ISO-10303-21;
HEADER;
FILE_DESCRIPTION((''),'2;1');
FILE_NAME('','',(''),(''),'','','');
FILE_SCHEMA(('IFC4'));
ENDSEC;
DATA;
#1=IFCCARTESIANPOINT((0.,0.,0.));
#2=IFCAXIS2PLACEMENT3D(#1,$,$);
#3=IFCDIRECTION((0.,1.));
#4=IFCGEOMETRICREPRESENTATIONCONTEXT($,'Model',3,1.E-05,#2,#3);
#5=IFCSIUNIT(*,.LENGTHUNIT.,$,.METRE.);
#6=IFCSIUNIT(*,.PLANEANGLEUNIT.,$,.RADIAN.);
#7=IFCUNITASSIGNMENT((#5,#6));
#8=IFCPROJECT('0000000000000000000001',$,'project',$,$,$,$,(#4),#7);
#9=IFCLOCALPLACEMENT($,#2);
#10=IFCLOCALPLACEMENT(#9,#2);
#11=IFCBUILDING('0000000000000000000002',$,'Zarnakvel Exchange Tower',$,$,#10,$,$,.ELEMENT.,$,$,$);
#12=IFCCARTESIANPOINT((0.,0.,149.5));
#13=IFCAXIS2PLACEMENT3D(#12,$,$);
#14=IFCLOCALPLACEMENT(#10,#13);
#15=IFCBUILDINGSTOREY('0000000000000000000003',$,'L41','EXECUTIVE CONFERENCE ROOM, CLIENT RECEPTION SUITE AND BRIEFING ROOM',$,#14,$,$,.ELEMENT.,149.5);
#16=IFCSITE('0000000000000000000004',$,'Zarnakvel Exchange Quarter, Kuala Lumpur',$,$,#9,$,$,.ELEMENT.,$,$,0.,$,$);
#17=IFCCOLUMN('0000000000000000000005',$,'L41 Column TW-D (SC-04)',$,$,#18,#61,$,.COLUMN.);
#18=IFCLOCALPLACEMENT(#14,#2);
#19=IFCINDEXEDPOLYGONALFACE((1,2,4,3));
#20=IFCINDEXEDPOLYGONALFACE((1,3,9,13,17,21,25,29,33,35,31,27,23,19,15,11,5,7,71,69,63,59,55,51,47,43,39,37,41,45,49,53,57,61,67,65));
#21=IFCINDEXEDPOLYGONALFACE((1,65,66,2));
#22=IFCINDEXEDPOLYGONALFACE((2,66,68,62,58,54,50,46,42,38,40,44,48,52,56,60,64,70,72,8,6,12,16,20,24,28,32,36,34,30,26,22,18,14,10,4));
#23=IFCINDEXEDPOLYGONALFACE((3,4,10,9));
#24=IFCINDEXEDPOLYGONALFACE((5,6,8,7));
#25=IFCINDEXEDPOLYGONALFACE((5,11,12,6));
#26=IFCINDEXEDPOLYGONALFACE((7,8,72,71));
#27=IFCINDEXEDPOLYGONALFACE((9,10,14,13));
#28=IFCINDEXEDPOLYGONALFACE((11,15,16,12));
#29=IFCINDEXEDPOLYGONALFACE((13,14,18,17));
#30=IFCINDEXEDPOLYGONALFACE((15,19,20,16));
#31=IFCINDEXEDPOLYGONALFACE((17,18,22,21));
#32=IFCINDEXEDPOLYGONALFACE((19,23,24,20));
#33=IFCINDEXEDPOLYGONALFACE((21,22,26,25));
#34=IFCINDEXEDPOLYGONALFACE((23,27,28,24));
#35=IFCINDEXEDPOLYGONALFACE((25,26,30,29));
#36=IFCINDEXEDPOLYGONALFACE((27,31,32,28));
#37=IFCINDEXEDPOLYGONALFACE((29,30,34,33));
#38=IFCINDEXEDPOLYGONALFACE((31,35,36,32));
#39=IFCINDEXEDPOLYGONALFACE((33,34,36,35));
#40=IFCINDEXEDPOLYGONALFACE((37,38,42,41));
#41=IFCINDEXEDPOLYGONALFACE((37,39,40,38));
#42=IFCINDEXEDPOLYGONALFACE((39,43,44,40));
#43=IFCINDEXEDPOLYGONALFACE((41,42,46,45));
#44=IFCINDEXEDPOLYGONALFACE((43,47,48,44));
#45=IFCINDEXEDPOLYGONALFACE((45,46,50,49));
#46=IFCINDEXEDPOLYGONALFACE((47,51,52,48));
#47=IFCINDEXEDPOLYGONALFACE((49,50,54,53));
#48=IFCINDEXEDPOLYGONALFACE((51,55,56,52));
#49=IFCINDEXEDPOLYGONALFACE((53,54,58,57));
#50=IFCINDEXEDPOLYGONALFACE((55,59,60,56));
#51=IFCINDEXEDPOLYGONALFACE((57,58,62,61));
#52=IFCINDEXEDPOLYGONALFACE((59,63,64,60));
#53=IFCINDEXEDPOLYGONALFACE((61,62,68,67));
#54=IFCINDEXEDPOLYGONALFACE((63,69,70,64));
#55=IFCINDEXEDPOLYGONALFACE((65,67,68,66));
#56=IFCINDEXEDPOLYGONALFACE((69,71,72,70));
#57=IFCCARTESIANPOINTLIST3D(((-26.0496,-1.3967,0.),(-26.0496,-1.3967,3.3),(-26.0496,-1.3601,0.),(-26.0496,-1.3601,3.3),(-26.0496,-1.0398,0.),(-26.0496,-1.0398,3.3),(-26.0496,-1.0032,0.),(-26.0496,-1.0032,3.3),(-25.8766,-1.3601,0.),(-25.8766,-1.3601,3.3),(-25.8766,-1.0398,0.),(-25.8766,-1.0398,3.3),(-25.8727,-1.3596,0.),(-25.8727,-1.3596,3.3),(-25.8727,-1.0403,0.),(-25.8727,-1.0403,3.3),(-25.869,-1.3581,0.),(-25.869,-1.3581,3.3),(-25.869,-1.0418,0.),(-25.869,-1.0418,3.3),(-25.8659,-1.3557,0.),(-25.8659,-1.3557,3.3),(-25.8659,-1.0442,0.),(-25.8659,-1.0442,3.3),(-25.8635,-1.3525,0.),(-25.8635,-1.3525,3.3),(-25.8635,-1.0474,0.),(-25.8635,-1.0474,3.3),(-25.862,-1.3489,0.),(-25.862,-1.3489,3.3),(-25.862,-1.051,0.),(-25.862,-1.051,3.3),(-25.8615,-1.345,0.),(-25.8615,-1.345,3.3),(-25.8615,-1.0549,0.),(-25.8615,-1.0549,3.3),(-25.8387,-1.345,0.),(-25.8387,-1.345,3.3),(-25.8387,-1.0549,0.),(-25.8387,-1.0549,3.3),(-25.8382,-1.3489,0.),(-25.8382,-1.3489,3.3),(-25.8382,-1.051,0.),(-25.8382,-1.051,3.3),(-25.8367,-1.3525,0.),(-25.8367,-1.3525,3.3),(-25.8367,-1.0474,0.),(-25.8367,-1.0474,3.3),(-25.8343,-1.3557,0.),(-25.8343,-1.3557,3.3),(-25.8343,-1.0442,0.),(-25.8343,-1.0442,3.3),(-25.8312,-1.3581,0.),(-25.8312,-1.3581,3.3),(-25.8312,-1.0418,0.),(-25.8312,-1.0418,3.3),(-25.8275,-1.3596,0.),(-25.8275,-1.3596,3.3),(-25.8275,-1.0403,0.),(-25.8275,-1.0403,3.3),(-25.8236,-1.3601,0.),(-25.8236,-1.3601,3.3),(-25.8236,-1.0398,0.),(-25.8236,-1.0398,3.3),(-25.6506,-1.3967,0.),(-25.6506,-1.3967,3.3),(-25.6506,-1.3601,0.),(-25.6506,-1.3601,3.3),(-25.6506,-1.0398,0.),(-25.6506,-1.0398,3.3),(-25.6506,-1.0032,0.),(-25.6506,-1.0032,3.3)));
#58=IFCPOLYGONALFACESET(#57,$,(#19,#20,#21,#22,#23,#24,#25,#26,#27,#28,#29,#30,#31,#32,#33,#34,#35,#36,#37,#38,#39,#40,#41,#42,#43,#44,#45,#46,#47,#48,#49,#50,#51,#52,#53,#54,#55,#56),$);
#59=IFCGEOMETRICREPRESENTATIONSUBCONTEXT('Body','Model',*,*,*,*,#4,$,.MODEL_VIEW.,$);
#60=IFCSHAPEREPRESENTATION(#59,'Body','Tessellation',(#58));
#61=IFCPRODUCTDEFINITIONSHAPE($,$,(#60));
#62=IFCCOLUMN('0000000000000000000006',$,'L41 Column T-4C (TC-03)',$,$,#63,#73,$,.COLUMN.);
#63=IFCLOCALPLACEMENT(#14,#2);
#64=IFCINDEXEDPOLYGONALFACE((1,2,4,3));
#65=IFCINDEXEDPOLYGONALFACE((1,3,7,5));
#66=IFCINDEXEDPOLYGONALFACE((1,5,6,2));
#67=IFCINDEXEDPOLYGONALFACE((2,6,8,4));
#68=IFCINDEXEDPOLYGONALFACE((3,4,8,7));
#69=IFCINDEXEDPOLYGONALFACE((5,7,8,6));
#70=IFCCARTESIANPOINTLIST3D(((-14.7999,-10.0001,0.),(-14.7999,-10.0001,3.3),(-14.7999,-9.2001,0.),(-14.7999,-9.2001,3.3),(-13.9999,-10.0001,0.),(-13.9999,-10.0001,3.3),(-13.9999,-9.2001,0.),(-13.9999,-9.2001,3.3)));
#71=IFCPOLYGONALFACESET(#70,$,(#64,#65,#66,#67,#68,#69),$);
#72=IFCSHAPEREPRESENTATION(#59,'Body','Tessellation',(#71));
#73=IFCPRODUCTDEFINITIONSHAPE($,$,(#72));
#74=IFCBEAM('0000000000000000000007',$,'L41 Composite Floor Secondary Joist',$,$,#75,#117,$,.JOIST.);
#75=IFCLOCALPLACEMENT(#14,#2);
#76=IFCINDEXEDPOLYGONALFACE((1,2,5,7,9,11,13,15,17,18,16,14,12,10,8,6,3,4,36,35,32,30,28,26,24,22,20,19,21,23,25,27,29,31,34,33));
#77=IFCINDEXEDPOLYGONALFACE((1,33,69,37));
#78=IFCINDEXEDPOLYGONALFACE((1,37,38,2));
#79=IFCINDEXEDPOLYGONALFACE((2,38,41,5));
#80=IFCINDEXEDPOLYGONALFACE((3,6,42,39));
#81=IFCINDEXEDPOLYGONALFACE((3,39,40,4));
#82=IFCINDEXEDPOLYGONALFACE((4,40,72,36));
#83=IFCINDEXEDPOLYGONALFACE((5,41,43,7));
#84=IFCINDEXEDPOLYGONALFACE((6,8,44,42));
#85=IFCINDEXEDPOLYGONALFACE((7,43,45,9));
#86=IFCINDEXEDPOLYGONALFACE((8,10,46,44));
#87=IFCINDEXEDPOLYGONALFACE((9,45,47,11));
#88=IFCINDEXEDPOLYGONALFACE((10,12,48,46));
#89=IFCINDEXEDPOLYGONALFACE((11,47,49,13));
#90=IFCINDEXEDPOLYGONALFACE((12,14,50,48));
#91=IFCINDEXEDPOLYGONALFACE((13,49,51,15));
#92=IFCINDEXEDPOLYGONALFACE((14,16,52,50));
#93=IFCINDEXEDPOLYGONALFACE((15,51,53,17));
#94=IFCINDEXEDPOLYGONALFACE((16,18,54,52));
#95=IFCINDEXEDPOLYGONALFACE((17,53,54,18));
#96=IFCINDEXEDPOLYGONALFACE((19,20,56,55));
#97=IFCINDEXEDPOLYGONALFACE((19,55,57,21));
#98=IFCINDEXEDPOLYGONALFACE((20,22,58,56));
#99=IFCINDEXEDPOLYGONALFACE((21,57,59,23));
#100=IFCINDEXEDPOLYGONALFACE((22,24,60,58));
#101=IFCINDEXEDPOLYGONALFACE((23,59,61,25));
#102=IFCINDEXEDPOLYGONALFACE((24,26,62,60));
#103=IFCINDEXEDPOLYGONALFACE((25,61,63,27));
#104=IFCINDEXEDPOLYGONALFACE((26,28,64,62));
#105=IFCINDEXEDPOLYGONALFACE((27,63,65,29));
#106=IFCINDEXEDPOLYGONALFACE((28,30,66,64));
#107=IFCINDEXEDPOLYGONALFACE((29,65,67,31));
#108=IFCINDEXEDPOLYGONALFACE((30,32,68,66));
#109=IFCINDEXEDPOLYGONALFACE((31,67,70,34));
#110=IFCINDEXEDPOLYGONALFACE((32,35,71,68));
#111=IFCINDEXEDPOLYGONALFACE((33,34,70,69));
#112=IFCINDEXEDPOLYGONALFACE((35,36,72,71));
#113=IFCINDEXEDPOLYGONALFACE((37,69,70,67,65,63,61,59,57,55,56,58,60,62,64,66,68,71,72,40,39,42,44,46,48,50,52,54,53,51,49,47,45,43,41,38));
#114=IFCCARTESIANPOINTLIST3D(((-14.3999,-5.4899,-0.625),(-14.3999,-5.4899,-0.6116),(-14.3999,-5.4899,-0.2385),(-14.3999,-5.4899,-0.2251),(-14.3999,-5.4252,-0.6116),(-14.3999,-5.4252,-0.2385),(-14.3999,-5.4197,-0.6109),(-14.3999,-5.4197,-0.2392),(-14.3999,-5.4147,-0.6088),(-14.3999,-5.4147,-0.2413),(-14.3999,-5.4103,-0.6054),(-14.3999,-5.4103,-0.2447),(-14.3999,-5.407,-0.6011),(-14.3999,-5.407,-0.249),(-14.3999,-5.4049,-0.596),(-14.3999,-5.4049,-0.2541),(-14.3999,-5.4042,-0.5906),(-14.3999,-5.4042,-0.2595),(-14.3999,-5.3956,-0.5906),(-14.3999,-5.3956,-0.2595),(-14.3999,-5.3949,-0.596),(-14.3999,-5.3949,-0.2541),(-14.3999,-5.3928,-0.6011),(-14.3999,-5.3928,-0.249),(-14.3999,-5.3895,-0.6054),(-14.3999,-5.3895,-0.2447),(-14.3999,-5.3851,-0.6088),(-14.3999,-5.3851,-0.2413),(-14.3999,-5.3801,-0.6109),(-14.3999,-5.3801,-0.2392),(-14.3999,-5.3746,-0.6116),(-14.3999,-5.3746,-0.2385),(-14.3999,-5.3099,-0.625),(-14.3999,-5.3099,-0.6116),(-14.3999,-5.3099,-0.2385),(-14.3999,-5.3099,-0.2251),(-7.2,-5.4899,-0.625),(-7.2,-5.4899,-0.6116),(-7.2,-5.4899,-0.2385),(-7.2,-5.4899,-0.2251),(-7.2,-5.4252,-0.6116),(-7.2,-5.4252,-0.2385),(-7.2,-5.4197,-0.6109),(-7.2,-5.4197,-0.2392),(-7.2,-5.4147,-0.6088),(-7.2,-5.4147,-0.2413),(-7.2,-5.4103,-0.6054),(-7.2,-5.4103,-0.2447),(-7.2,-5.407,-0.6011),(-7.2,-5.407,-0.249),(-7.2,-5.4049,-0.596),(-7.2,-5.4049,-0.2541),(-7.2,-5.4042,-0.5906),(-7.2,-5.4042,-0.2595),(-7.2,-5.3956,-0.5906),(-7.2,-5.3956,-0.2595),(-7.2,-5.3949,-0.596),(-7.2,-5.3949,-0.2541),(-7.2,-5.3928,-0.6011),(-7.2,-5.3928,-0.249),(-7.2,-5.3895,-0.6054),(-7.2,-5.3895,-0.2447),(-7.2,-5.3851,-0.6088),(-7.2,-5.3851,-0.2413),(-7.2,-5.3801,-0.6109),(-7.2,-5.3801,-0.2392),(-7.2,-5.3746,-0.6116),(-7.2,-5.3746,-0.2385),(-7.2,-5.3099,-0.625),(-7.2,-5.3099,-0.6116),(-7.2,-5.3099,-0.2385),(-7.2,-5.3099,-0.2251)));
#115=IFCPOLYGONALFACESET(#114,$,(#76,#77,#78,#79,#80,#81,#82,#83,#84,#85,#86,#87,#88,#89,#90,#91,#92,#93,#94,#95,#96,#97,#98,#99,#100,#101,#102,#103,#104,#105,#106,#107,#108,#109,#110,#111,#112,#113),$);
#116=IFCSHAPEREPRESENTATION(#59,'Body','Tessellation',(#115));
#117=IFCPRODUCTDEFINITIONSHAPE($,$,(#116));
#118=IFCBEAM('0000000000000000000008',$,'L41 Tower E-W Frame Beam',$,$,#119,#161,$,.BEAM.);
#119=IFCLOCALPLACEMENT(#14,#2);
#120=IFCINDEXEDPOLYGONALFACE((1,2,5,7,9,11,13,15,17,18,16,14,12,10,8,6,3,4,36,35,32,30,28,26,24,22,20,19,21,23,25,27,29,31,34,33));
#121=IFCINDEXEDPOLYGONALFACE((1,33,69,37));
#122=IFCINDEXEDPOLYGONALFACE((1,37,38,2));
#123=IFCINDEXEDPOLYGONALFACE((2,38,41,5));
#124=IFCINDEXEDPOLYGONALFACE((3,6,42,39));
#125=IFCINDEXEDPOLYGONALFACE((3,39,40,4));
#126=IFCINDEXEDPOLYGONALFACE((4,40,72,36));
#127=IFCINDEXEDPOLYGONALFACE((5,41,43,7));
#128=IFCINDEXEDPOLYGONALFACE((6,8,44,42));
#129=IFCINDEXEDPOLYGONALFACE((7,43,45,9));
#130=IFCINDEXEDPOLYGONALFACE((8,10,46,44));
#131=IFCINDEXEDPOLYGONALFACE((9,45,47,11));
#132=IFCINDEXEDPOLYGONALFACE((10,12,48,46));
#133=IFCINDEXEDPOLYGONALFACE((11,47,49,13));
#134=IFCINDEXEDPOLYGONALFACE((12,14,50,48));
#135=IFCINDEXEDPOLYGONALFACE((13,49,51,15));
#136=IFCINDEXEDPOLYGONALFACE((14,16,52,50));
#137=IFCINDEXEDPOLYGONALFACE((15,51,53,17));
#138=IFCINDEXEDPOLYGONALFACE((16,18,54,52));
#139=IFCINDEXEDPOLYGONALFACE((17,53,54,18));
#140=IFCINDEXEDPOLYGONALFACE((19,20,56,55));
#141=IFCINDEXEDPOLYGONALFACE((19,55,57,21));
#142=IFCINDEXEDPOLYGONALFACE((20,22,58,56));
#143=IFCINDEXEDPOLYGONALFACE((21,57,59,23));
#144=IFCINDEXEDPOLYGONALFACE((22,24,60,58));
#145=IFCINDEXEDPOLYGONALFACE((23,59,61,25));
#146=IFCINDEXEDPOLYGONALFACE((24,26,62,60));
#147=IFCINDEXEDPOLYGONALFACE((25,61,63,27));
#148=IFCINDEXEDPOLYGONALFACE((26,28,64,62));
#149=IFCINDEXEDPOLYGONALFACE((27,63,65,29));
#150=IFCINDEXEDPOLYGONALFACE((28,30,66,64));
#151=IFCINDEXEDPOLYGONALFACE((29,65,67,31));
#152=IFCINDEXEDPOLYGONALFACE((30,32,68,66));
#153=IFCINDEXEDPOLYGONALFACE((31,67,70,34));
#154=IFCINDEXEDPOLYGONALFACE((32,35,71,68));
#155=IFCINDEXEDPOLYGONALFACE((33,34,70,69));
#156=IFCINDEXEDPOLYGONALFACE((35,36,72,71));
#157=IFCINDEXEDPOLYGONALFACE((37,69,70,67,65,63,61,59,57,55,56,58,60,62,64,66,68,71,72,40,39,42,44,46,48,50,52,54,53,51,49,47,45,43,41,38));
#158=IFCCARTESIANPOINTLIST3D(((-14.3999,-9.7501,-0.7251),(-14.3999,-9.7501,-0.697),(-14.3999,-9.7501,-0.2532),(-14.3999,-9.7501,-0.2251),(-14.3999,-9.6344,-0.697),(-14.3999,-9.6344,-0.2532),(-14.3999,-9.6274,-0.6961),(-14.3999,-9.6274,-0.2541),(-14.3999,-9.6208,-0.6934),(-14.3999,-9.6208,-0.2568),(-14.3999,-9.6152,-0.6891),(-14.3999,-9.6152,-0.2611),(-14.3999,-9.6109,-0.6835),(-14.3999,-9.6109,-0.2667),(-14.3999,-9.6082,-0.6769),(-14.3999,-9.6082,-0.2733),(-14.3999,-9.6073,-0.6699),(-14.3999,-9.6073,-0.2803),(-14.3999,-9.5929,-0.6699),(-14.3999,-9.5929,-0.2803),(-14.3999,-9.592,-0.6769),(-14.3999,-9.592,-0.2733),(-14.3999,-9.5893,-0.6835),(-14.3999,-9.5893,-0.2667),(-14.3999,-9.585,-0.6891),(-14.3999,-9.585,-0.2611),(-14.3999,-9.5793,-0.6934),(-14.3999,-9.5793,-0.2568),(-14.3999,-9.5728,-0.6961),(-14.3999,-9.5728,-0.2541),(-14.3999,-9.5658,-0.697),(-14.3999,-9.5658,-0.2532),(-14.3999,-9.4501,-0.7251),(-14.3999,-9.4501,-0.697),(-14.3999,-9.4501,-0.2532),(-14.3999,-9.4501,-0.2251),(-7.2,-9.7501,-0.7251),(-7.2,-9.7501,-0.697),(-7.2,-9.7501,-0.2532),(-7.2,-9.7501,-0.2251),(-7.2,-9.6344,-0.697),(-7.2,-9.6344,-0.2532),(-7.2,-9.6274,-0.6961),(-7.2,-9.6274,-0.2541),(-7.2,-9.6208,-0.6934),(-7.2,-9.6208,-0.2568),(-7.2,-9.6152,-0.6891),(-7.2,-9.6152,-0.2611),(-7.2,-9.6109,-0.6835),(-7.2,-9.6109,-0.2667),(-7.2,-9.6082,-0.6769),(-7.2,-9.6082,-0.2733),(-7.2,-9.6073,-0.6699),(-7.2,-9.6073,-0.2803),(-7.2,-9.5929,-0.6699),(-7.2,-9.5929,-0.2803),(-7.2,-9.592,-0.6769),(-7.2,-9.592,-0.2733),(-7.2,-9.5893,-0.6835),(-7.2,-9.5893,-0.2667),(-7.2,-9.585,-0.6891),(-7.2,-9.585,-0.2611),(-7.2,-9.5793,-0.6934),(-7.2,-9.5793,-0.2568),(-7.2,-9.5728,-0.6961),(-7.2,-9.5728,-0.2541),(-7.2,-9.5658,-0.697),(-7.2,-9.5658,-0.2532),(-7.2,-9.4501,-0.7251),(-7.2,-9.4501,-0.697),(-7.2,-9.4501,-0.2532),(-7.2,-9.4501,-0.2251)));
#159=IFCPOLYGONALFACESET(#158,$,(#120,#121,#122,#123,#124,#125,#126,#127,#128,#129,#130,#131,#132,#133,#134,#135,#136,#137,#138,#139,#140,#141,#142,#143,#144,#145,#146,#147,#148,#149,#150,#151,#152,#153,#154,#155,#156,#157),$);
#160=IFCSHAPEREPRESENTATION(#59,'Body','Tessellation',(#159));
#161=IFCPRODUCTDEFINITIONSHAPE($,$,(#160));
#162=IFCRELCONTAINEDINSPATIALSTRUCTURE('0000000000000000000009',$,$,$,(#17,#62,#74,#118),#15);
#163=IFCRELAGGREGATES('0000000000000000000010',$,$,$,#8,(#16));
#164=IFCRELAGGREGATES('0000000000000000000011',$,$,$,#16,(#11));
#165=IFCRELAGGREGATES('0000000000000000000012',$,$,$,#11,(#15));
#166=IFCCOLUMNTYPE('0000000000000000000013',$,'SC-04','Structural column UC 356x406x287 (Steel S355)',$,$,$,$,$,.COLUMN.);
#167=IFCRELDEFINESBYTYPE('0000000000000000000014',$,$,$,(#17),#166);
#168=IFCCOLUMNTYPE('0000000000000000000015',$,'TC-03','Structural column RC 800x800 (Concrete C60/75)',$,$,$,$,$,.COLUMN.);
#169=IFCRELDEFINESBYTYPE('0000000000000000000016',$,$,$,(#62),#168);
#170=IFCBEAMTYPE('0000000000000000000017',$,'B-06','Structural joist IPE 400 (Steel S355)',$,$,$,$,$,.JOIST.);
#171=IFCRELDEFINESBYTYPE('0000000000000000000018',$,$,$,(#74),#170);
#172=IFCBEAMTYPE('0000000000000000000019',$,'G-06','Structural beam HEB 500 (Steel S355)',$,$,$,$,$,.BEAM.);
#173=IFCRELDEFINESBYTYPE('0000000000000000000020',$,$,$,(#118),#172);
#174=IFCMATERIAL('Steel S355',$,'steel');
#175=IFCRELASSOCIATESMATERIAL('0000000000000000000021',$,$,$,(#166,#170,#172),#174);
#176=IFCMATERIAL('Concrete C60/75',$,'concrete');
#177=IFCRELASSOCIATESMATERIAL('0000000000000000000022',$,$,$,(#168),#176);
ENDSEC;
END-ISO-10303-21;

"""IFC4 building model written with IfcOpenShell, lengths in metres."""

from ifc_helpers import new_model, si_unit, direction, frame, origin, origin_2d, place, context, subcontext, project, spatial, rectangle, i_section, extrude, material, material_profile, profile_set, type_object, element, save


model = new_model("IFC4")

# Units and contexts
model_context = context("Model", 3, precision=1e-05, world=origin(), true_north=direction((0.0, 1.0)))
body_context = subcontext(model_context, "Body", "Model", "MODEL_VIEW")
ifc_project = project(units=[si_unit("LENGTHUNIT", "METRE"), si_unit("PLANEANGLEUNIT", "RADIAN")], contexts=[model_context])

# Site, building, storey
site_placement = place(None, origin())
site = spatial("IfcSite", under=ifc_project, at=site_placement, Name="Zarnakvel Exchange Quarter, Kuala Lumpur", CompositionType="ELEMENT", RefElevation=0.0)
building_placement = place(site_placement, origin())
building = spatial("IfcBuilding", under=site, at=building_placement, Name="Zarnakvel Exchange Tower", CompositionType="ELEMENT")
storey_placement = place(building_placement, frame((0.0, 0.0, 149.5)))
storey = spatial("IfcBuildingStorey", under=building, at=storey_placement, Name="L41", Description="EXECUTIVE CONFERENCE ROOM, CLIENT RECEPTION SUITE AND BRIEFING ROOM", CompositionType="ELEMENT", Elevation=149.5)

# Columns
ifc_material_1 = material(Name="Steel S355", Category="steel")
ifc_material_profile_1 = material_profile(ifc_material_1, i_section(OverallWidth=0.3989, OverallDepth=0.3936, WebThickness=0.0227, FlangeThickness=0.0366, FilletRadius=0.0151, at=origin_2d()))
ifc_profile_set_1 = profile_set([ifc_material_profile_1], Name="Steel S355")
column_type_1 = type_object("IfcColumnType", Name="SC-04", Description="Structural column UC 356x406x287 (Steel S355)", PredefinedType="COLUMN", material=ifc_profile_set_1)
column_1_placement = place(storey_placement, frame((-25.8501, -1.2, 0.0), z_axis=(0.0, 0.0, 1.0), x_axis=(1.0, 0.0, 0.0)))
element("IfcColumn", 1, at=column_1_placement, inside=storey, type_object=column_type_1, Name="L41 Column TW-D (SC-04)", PredefinedType="COLUMN", context=body_context, shape_type="SweptSolid", body=[
    extrude(i_section(OverallWidth=0.3989, OverallDepth=0.3936, WebThickness=0.0227, FlangeThickness=0.0366, FilletRadius=0.0151, at=origin_2d()), origin(), (0.0, 0.0, 1.0), 3.3),
])
ifc_material_2 = material(Name="Concrete C60/75", Category="concrete")
ifc_material_profile_2 = material_profile(ifc_material_2, rectangle(XDim=0.8, YDim=0.8, at=origin_2d()))
ifc_profile_set_2 = profile_set([ifc_material_profile_2], Name="Concrete C60/75")
column_type_2 = type_object("IfcColumnType", Name="TC-03", Description="Structural column RC 800x800 (Concrete C60/75)", PredefinedType="COLUMN", material=ifc_profile_set_2)
column_2_placement = place(storey_placement, frame((-14.3999, -9.6001, 0.0), z_axis=(0.0, 0.0, 1.0), x_axis=(1.0, 0.0, 0.0)))
element("IfcColumn", 2, at=column_2_placement, inside=storey, type_object=column_type_2, Name="L41 Column T-4C (TC-03)", PredefinedType="COLUMN", context=body_context, shape_type="SweptSolid", body=[
    extrude(rectangle(XDim=0.8, YDim=0.8, at=origin_2d()), origin(), (0.0, 0.0, 1.0), 3.3),
])

# Beams
ifc_material_profile_3 = material_profile(ifc_material_1, i_section(OverallWidth=0.1799, OverallDepth=0.3999, WebThickness=0.0085, FlangeThickness=0.0134, FilletRadius=0.021, at=origin_2d()))
ifc_profile_set_3 = profile_set([ifc_material_profile_3], Name="Steel S355")
beam_type_1 = type_object("IfcBeamType", Name="B-06", Description="Structural joist IPE 400 (Steel S355)", PredefinedType="JOIST", material=ifc_profile_set_3)
beam_1_placement = place(storey_placement, frame((-14.3999, -5.3999, -0.425), z_axis=(1.0, 0.0, 0.0), x_axis=(0.0, 1.0, 0.0)))
element("IfcBeam", 3, at=beam_1_placement, inside=storey, type_object=beam_type_1, Name="L41 Composite Floor Secondary Joist", PredefinedType="JOIST", context=body_context, shape_type="SweptSolid", body=[
    extrude(i_section(OverallWidth=0.1799, OverallDepth=0.3999, WebThickness=0.0085, FlangeThickness=0.0134, FilletRadius=0.021, at=origin_2d()), origin(), (0.0, 0.0, 1.0), 7.2),
])
ifc_material_profile_4 = material_profile(ifc_material_1, i_section(OverallWidth=0.3, OverallDepth=0.5, WebThickness=0.0144, FlangeThickness=0.0281, FilletRadius=0.0271, at=origin_2d()))
ifc_profile_set_4 = profile_set([ifc_material_profile_4], Name="Steel S355")
beam_type_2 = type_object("IfcBeamType", Name="G-06", Description="Structural beam HEB 500 (Steel S355)", PredefinedType="BEAM", material=ifc_profile_set_4)
beam_2_placement = place(storey_placement, frame((-14.3999, -9.6001, -0.4751), z_axis=(1.0, 0.0, 0.0), x_axis=(0.0, 1.0, 0.0)))
element("IfcBeam", 4, at=beam_2_placement, inside=storey, type_object=beam_type_2, Name="L41 Tower E-W Frame Beam", PredefinedType="BEAM", context=body_context, shape_type="SweptSolid", body=[
    extrude(i_section(OverallWidth=0.3, OverallDepth=0.5, WebThickness=0.0144, FlangeThickness=0.0281, FilletRadius=0.0271, at=origin_2d()), origin(), (0.0, 0.0, 1.0), 7.2),
])

save(model, "model.ifc")
